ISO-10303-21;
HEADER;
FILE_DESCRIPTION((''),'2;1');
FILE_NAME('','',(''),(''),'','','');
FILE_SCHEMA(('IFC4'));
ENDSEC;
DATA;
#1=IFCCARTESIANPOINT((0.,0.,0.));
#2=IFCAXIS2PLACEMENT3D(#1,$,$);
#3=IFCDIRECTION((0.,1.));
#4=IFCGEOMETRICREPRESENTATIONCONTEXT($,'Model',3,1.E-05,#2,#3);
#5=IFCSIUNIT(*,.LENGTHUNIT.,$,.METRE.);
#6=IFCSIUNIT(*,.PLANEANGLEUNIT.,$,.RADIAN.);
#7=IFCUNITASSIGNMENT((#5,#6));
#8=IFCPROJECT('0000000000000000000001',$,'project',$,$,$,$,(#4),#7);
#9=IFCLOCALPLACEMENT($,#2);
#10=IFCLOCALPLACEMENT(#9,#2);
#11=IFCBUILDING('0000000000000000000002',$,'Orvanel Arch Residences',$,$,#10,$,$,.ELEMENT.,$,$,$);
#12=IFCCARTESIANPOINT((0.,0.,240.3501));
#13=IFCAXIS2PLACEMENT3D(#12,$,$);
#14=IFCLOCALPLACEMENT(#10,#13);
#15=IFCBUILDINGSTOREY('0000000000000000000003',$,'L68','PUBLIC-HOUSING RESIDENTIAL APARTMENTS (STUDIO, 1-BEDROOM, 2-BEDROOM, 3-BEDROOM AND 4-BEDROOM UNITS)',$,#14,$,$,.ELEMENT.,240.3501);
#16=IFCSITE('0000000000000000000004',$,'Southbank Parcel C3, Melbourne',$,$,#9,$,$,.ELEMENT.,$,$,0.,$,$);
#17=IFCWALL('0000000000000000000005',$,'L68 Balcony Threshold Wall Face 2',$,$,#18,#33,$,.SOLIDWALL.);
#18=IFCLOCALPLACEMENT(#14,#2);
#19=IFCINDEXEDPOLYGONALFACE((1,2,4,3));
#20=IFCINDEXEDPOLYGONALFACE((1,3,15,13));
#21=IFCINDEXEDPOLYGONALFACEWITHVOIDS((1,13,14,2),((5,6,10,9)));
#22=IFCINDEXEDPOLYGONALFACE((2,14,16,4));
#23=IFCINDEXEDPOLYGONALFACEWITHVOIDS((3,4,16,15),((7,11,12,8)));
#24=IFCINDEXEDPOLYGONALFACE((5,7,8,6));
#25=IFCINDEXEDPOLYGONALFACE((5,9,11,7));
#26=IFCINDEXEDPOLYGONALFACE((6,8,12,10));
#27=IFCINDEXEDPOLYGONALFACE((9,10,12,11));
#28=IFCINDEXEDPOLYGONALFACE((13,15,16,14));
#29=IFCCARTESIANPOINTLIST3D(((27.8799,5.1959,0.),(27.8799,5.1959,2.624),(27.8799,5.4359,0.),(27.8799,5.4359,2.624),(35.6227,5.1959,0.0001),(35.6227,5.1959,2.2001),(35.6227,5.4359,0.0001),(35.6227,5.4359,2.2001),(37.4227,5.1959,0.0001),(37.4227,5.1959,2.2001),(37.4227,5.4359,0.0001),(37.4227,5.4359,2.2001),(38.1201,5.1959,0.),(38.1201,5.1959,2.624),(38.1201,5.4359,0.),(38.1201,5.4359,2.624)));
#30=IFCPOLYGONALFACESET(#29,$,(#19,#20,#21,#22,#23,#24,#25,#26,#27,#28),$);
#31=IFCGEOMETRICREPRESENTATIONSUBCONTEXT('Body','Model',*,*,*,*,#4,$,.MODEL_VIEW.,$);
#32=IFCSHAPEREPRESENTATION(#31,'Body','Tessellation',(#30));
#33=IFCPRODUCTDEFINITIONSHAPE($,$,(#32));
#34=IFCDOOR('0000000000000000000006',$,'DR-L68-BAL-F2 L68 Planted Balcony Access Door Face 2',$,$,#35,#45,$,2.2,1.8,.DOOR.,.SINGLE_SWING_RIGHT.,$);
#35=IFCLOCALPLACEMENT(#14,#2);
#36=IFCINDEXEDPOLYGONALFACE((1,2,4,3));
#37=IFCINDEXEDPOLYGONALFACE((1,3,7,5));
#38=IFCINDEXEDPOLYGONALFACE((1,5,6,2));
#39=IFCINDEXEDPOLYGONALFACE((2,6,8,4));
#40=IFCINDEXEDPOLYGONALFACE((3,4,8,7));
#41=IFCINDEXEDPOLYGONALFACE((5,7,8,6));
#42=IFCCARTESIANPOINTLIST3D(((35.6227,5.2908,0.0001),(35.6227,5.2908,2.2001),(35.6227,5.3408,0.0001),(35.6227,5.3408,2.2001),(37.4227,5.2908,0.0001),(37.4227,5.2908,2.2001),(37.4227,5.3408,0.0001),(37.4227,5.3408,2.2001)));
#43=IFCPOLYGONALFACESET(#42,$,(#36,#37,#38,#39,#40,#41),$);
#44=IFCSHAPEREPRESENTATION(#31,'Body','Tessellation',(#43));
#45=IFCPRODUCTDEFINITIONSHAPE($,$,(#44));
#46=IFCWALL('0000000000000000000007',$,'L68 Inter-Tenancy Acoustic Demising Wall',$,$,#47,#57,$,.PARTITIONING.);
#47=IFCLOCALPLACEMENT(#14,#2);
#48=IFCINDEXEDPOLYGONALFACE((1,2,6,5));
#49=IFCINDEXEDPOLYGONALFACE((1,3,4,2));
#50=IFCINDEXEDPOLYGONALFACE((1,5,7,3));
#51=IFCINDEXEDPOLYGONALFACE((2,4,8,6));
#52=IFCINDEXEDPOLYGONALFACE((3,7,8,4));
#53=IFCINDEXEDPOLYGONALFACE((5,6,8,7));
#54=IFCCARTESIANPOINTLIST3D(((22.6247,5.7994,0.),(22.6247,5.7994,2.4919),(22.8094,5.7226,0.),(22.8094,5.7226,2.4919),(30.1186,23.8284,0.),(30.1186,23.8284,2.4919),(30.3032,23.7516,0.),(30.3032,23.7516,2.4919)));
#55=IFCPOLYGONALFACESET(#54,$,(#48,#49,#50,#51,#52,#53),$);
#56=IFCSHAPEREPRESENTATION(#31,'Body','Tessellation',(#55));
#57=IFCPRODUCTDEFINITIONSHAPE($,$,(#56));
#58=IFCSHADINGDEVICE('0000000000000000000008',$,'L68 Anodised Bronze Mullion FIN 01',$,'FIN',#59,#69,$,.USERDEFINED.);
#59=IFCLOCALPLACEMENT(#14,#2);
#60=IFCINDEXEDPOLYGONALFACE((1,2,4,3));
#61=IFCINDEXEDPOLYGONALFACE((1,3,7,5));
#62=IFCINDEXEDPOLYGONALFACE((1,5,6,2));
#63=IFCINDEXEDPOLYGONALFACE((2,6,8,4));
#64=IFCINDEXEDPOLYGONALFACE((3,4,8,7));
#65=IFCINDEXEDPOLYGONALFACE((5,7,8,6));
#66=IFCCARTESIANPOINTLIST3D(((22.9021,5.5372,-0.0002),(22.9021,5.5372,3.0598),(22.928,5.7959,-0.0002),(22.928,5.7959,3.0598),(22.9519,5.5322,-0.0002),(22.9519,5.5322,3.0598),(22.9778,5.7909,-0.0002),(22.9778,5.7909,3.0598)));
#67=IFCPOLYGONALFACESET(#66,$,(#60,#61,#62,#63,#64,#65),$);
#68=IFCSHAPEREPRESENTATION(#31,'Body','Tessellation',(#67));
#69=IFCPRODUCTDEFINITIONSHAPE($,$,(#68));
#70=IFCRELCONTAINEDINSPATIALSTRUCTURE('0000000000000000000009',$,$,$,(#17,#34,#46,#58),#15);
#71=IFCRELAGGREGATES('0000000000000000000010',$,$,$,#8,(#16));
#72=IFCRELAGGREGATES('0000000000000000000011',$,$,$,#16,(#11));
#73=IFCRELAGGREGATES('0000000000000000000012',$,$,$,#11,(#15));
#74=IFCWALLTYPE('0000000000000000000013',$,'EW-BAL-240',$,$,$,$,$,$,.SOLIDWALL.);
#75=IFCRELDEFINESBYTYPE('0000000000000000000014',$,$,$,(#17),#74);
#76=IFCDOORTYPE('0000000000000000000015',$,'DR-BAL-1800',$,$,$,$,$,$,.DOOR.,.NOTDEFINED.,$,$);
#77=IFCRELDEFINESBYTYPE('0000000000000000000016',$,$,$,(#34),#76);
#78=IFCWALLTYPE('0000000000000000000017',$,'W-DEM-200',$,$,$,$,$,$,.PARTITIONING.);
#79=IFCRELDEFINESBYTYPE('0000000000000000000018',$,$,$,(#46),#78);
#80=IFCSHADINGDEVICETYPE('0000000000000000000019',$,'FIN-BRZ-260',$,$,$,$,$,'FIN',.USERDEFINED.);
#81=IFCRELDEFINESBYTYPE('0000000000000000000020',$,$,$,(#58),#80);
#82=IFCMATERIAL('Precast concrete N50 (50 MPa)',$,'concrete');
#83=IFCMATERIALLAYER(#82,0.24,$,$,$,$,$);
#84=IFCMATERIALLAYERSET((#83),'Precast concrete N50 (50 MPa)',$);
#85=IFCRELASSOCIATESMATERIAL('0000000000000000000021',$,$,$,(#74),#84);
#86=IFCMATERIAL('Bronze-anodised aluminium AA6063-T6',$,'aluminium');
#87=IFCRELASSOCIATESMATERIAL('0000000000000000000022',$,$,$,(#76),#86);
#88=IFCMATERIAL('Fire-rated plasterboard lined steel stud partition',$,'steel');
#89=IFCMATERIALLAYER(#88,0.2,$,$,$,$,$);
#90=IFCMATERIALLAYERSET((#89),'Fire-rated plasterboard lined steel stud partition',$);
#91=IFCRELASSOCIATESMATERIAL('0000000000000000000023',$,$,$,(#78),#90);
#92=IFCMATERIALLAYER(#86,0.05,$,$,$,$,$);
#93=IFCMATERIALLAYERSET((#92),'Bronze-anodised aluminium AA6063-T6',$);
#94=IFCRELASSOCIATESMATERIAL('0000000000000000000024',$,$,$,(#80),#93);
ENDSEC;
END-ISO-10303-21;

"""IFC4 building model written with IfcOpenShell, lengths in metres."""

from ifc_helpers import new_model, si_unit, direction, frame, frame_2d, origin, origin_2d, place, context, subcontext, project, spatial, rectangle, extrude, material, layer, layer_set, type_object, element, fill, save


model = new_model("IFC4")

# Units and contexts
model_context = context("Model", 3, precision=1e-05, world=origin(), true_north=direction((0.0, 1.0)))
body_context = subcontext(model_context, "Body", "Model", "MODEL_VIEW")
ifc_project = project(units=[si_unit("LENGTHUNIT", "METRE"), si_unit("PLANEANGLEUNIT", "RADIAN")], contexts=[model_context])

# Site, building, storey
site_placement = place(None, origin())
site = spatial("IfcSite", under=ifc_project, at=site_placement, Name="Southbank Parcel C3, Melbourne", CompositionType="ELEMENT", RefElevation=0.0)
building_placement = place(site_placement, origin())
building = spatial("IfcBuilding", under=site, at=building_placement, Name="Orvanel Arch Residences", CompositionType="ELEMENT")
storey_placement = place(building_placement, frame((0.0, 0.0, 240.3501)))
storey = spatial("IfcBuildingStorey", under=building, at=storey_placement, Name="L68", Description="PUBLIC-HOUSING RESIDENTIAL APARTMENTS (STUDIO, 1-BEDROOM, 2-BEDROOM, 3-BEDROOM AND 4-BEDROOM UNITS)", CompositionType="ELEMENT", Elevation=240.3501)

# Shared definitions
ifc_material_1 = material(Name="Bronze-anodised aluminium AA6063-T6", Category="aluminium")

# Wall, opening, door
ifc_material_2 = material(Name="Precast concrete N50 (50 MPa)", Category="concrete")
ifc_layer_1 = layer(ifc_material_2, 0.24)
ifc_layer_set_1 = layer_set([ifc_layer_1], Name="Precast concrete N50 (50 MPa)")
wall_type_1 = type_object("IfcWallType", Name="EW-BAL-240", PredefinedType="SOLIDWALL", material=ifc_layer_set_1)
wall_1_placement = place(storey_placement, frame((27.8799, 5.3159, 0.0), z_axis=(0.0, 0.0, 1.0), x_axis=(1.0, 0.0, 0.0)))
wall_1 = element("IfcWall", 1, at=wall_1_placement, inside=storey, type_object=wall_type_1, Name="L68 Balcony Threshold Wall Face 2", PredefinedType="SOLIDWALL", context=body_context, shape_type="SweptSolid", body=[
    extrude(rectangle(XDim=10.2402, YDim=0.24, at=frame_2d((5.1201, 0.0))), origin(), (0.0, 0.0, 1.0), 2.624),
])
opening_placement = place(wall_1_placement, frame((7.7429, 0.0, 0.0)))
opening = element("IfcOpeningElement", 2, at=opening_placement, cuts=wall_1, PredefinedType="OPENING", context=body_context, shape_type="SweptSolid", body=[
    extrude(rectangle(XDim=1.8, YDim=2.2, at=frame_2d((0.8999, 1.1001))), frame((0.0, 0.1299, 0.0), z_axis=(0.0, -1.0, 0.0), x_axis=(1.0, 0.0, 0.0)), (0.0, 0.0, 1.0), 0.26),
])
door_type = type_object("IfcDoorType", Name="DR-BAL-1800", OperationType="NOTDEFINED", PredefinedType="DOOR", material=ifc_material_1)
door_placement = place(opening_placement, origin())
door = element("IfcDoor", 3, at=door_placement, inside=storey, type_object=door_type, Name="DR-L68-BAL-F2 L68 Planted Balcony Access Door Face 2", OperationType="SINGLE_SWING_RIGHT", OverallHeight=2.2, OverallWidth=1.8, PredefinedType="DOOR", context=body_context, shape_type="SweptSolid", body=[
    extrude(rectangle(XDim=1.8, YDim=2.2, at=frame_2d((0.8999, 1.1001))), frame((0.0, 0.0249, 0.0), z_axis=(0.0, -1.0, 0.0), x_axis=(1.0, 0.0, 0.0)), (0.0, 0.0, 1.0), 0.05),
])
fill(opening, door)

# Wall
ifc_material_3 = material(Name="Fire-rated plasterboard lined steel stud partition", Category="steel")
ifc_layer_2 = layer(ifc_material_3, 0.2)
ifc_layer_set_2 = layer_set([ifc_layer_2], Name="Fire-rated plasterboard lined steel stud partition")
wall_type_2 = type_object("IfcWallType", Name="W-DEM-200", PredefinedType="PARTITIONING", material=ifc_layer_set_2)
wall_2_placement = place(storey_placement, frame((22.717, 5.761, 0.0), z_axis=(0.0, 0.0, 1.0), x_axis=(0.383821, 0.923408, 0.0)))
element("IfcWall", 4, at=wall_2_placement, inside=storey, type_object=wall_type_2, Name="L68 Inter-Tenancy Acoustic Demising Wall", PredefinedType="PARTITIONING", context=body_context, shape_type="SweptSolid", body=[
    extrude(rectangle(XDim=19.5244, YDim=0.2, at=frame_2d((9.7622, 0.0))), origin(), (0.0, 0.0, 1.0), 2.4919),
])

# Shading device
ifc_layer_3 = layer(ifc_material_1, 0.05)
ifc_layer_set_3 = layer_set([ifc_layer_3], Name="Bronze-anodised aluminium AA6063-T6")
shading_device_type = type_object("IfcShadingDeviceType", Name="FIN-BRZ-260", ElementType="FIN", PredefinedType="USERDEFINED", material=ifc_layer_set_3)
shading_device_placement = place(storey_placement, frame((22.9399, 5.6641, -0.0002), z_axis=(0.0, 0.0, 1.0), x_axis=(-0.09932, -0.995056, 0.0)))
element("IfcShadingDevice", 5, at=shading_device_placement, inside=storey, type_object=shading_device_type, Name="L68 Anodised Bronze Mullion FIN 01", ObjectType="FIN", PredefinedType="USERDEFINED", context=body_context, shape_type="SweptSolid", body=[
    extrude(rectangle(XDim=0.26, YDim=0.05, at=origin_2d()), origin(), (0.0, 0.0, 1.0), 3.0601),
])

save(model, "model.ifc")
